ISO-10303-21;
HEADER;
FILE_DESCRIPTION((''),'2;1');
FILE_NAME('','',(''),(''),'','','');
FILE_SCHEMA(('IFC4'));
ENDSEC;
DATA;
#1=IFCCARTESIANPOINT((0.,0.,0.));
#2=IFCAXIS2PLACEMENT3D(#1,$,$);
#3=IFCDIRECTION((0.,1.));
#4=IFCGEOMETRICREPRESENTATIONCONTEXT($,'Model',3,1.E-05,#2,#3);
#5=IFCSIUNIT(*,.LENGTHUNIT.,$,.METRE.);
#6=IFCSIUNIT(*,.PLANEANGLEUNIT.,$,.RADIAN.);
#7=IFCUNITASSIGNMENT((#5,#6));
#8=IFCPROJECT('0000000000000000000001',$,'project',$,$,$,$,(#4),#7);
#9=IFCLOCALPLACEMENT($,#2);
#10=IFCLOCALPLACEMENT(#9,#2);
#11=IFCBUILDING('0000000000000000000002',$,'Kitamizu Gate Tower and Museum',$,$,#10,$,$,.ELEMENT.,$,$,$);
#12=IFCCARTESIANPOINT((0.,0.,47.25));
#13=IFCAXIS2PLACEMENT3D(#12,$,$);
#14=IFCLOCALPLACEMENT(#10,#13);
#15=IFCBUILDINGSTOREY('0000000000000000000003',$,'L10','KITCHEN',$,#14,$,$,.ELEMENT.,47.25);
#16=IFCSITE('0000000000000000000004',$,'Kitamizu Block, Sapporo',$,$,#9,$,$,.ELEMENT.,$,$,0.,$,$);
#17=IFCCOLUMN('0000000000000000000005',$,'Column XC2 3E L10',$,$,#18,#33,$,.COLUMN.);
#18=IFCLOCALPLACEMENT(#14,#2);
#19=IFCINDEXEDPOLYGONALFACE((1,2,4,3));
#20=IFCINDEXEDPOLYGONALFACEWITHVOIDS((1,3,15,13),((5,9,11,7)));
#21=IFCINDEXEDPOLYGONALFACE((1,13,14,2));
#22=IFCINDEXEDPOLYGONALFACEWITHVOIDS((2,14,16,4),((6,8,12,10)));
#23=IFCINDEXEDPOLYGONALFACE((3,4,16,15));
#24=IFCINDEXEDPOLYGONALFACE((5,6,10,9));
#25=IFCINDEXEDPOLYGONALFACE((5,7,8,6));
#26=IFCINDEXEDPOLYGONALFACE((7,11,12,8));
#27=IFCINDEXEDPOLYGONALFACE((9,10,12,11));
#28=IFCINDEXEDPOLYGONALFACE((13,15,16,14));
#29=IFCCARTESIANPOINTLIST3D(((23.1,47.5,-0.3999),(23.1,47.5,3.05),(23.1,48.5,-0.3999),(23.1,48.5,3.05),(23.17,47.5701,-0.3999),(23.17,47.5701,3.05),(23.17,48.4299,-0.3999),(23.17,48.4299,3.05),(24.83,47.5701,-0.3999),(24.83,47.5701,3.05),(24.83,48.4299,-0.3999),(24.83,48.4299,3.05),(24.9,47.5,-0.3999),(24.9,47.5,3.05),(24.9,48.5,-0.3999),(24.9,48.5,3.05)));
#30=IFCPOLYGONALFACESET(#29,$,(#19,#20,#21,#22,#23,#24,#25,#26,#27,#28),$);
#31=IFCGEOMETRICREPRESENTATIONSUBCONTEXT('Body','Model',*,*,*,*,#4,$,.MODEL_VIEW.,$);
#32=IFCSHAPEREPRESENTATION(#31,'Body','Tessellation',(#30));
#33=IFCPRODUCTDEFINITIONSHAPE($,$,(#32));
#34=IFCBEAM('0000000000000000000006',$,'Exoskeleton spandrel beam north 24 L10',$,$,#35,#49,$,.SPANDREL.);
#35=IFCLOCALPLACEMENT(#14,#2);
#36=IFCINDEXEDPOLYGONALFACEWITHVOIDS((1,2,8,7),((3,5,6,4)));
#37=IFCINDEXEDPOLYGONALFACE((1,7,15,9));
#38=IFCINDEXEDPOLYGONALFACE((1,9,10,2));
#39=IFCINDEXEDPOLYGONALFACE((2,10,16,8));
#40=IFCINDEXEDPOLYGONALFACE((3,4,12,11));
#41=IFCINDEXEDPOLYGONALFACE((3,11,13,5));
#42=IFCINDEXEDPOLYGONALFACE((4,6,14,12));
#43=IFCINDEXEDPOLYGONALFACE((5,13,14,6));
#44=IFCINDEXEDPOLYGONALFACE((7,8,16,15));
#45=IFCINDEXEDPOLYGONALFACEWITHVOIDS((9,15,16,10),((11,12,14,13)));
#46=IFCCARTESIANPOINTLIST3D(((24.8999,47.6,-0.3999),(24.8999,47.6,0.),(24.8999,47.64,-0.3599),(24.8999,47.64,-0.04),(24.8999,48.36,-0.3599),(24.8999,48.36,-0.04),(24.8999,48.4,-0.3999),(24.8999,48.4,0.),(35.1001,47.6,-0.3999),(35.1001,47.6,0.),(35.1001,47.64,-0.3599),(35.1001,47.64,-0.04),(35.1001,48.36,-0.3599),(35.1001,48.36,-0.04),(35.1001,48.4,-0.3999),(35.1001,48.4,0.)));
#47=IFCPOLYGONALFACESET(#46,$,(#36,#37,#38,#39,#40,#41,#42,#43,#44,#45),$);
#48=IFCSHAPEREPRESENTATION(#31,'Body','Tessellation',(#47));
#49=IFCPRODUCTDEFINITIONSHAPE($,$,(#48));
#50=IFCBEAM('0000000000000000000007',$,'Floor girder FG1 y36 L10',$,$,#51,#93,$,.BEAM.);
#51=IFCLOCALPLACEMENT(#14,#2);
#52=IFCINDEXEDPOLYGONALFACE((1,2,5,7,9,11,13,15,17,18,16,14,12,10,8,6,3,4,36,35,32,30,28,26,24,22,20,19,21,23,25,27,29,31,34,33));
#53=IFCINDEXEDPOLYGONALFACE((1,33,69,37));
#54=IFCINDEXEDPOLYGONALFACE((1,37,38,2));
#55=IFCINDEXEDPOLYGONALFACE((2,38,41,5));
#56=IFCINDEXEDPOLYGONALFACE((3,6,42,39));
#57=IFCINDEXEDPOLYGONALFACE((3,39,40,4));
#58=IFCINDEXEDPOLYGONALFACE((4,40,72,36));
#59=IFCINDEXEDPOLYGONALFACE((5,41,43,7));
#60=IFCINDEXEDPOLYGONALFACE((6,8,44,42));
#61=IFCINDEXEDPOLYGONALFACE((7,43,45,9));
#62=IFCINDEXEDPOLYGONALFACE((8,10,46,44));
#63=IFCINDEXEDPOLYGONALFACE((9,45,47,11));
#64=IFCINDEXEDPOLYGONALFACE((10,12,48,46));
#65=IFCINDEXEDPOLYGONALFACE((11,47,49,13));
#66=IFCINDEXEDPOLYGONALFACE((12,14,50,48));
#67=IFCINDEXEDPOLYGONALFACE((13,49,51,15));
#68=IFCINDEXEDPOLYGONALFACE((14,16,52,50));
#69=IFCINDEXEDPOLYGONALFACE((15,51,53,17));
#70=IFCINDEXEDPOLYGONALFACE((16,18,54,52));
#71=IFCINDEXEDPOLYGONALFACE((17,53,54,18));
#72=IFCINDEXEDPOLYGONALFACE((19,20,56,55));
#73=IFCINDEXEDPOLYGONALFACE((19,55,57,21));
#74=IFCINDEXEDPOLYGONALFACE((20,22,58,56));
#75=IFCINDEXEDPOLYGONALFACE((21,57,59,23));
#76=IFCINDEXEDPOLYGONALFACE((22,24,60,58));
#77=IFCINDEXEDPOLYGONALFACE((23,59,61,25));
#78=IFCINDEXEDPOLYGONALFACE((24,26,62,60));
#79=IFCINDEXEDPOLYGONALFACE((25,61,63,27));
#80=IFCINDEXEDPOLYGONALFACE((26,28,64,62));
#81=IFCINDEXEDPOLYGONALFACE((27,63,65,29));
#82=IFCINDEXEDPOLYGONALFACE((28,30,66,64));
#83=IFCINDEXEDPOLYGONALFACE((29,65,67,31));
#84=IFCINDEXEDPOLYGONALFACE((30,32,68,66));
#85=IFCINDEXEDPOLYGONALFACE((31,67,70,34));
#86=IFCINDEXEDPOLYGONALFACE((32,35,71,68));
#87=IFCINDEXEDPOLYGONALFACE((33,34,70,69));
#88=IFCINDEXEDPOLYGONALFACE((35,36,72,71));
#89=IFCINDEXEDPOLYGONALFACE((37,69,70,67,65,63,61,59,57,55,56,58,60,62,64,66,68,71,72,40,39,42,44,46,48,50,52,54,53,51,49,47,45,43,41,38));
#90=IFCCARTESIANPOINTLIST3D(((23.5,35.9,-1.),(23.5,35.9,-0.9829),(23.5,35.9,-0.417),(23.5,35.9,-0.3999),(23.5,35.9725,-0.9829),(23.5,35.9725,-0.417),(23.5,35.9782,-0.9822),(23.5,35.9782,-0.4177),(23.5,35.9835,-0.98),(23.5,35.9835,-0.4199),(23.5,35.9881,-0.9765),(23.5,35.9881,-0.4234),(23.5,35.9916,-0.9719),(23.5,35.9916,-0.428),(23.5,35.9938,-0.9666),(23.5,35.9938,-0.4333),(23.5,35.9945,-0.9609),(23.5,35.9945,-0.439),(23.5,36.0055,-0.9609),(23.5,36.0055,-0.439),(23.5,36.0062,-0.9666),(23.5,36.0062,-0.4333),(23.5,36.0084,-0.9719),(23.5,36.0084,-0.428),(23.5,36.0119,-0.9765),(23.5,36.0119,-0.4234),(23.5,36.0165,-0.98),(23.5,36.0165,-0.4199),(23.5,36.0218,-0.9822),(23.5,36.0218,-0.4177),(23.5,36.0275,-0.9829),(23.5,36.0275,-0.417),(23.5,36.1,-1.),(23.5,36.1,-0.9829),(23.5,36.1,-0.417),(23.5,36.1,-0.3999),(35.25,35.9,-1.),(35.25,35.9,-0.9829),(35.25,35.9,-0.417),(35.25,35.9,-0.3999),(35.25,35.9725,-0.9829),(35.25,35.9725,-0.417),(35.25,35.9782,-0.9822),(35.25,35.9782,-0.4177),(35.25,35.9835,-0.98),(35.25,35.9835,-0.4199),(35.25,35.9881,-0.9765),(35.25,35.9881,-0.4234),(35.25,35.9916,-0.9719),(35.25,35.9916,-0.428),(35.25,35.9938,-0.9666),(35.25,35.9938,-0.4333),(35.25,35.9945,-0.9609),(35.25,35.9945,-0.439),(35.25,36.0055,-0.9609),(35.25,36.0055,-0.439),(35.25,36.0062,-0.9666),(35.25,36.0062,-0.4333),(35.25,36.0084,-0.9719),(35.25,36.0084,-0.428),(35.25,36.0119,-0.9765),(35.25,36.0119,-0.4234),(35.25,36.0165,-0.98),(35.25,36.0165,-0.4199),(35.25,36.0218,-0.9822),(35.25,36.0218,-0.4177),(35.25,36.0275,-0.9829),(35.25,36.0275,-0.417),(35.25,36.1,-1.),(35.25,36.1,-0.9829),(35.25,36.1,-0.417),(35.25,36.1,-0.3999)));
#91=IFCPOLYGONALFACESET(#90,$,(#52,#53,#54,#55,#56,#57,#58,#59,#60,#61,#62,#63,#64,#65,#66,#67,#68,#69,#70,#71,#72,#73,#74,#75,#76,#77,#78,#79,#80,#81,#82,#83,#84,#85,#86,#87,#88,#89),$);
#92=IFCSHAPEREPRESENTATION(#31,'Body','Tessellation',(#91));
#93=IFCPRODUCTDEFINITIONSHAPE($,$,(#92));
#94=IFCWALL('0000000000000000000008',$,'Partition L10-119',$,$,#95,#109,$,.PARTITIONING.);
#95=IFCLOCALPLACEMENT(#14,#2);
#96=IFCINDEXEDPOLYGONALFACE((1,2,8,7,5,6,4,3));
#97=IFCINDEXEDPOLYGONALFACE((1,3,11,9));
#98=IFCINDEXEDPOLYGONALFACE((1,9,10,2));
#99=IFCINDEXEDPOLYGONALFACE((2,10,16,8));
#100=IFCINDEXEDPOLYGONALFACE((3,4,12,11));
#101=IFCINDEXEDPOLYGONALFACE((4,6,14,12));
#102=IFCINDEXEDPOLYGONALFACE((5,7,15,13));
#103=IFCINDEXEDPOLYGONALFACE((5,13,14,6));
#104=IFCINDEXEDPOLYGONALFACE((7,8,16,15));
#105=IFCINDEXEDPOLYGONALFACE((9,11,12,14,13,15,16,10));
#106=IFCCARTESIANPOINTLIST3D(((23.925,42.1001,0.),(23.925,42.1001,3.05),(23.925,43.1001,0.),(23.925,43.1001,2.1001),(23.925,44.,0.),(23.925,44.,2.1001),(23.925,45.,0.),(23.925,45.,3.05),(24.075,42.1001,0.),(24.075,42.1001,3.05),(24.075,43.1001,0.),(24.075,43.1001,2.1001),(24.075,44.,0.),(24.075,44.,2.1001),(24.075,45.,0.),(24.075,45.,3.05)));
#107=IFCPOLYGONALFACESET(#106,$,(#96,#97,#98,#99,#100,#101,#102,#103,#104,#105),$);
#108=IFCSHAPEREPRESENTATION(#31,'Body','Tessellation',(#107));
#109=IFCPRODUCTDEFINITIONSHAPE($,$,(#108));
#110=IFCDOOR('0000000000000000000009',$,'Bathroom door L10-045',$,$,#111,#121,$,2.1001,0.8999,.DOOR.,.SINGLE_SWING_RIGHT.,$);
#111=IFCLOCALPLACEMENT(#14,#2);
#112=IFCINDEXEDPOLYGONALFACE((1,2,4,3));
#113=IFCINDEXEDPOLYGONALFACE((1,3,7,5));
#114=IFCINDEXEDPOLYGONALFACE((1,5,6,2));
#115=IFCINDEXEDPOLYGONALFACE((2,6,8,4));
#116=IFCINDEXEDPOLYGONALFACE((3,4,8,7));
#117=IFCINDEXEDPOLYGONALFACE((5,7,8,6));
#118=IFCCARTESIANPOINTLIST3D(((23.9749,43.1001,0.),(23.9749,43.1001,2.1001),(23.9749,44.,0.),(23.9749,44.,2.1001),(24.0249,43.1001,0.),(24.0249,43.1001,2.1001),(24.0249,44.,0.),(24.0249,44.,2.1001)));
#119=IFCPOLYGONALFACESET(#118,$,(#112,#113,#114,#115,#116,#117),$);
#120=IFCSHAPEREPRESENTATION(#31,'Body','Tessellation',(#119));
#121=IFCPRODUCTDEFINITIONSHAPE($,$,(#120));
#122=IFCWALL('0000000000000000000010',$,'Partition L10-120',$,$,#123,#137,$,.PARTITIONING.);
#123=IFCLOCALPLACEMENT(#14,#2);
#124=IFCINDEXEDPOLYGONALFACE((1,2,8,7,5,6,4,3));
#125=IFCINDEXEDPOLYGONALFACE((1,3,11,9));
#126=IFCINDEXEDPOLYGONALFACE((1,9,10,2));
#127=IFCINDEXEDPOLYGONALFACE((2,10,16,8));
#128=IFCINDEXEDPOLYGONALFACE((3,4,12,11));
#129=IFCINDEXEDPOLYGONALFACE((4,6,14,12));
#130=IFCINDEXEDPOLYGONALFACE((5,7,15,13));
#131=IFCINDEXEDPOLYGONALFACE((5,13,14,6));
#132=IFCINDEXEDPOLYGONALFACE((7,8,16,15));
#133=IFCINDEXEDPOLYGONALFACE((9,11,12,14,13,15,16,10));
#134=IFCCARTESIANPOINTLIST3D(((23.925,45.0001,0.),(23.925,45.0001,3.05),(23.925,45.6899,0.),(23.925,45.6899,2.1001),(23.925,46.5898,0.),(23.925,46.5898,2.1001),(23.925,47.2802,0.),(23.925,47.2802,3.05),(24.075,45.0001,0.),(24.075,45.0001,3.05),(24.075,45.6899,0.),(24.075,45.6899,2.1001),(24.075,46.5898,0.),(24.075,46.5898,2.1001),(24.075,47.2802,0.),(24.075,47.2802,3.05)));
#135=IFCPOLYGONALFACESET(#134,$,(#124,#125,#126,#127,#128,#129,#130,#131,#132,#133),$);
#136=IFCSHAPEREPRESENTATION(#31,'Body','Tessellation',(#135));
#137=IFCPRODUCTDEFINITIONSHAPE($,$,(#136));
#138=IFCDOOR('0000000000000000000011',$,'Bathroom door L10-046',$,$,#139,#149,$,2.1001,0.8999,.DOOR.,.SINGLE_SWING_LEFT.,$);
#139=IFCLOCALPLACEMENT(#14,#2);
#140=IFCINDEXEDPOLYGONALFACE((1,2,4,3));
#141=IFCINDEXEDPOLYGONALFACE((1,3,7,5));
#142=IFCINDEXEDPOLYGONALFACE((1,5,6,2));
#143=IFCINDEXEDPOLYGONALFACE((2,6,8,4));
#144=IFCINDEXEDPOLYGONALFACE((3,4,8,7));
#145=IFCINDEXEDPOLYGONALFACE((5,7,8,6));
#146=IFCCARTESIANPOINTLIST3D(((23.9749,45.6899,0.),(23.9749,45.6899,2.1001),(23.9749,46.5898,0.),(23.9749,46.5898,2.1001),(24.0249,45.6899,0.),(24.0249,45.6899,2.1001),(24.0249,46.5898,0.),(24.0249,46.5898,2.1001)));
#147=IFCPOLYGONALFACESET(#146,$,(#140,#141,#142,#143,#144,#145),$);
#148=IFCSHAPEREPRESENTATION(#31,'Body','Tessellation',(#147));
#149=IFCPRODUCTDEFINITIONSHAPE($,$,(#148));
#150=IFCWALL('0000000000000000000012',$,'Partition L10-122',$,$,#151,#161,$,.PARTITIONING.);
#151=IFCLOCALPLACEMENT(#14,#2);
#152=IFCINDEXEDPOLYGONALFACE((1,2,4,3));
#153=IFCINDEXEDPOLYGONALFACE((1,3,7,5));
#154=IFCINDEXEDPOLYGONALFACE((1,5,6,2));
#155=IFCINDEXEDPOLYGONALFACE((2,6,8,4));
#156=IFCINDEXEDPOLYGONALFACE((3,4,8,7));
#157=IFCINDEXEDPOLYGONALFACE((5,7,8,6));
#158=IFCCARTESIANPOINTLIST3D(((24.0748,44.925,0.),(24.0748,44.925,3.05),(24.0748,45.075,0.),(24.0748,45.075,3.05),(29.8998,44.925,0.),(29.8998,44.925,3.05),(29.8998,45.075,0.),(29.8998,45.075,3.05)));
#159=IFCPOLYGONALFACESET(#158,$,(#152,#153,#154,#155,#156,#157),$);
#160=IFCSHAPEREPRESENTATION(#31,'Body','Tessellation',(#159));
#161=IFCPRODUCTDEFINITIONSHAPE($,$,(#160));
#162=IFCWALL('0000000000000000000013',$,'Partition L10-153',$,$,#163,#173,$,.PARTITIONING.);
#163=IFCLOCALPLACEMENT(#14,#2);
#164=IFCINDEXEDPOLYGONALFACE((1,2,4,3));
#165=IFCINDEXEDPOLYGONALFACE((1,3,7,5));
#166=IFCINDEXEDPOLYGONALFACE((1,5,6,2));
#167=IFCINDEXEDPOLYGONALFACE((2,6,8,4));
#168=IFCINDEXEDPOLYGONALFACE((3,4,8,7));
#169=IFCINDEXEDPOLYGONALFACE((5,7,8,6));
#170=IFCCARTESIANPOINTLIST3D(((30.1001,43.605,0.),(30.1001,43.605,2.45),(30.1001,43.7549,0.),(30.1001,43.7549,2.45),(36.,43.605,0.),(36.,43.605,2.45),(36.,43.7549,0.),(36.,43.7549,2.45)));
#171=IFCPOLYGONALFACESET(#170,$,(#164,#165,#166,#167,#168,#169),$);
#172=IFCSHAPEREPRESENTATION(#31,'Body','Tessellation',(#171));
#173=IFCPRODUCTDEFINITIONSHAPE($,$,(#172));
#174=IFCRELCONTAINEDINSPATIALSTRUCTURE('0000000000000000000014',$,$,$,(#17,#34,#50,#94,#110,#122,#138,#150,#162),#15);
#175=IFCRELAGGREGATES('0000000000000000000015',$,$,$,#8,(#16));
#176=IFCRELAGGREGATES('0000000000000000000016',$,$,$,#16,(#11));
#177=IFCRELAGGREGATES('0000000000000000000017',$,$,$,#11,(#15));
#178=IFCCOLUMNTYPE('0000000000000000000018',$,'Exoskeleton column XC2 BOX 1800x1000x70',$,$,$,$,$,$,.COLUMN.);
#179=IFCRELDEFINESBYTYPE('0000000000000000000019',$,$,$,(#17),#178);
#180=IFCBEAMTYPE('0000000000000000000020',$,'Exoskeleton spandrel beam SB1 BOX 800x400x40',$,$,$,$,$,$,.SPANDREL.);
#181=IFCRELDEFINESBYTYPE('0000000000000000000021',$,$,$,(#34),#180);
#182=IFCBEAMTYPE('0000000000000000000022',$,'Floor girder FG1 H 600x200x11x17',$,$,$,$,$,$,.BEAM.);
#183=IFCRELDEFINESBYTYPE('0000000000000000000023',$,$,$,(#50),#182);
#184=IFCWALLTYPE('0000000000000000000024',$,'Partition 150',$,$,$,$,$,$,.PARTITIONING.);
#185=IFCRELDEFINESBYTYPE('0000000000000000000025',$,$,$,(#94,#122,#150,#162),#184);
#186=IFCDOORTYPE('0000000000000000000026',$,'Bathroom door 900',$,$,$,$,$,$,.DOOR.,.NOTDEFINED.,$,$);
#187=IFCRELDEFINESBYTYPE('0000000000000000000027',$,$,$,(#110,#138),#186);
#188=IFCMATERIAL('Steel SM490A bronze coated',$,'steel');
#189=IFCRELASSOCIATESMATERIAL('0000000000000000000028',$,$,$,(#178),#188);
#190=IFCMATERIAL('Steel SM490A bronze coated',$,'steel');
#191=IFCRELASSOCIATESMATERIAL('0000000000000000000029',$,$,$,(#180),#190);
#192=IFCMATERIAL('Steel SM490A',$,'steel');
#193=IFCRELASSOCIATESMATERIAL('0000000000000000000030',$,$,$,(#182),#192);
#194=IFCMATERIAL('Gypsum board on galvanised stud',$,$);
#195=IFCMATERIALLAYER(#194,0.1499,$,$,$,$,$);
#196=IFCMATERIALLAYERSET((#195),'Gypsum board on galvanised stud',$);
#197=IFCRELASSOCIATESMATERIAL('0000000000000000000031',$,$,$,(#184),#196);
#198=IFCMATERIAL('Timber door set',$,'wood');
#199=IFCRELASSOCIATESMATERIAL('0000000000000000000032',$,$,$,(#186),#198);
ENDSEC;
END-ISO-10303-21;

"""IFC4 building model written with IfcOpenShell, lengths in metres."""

from ifc_helpers import new_model, si_unit, direction, frame, frame_2d, origin, origin_2d, place, context, subcontext, project, spatial, rectangle, hollow_rectangle, i_section, extrude, material, layer, layer_set, material_profile, profile_set, type_object, element, fill, save


model = new_model("IFC4")

# Units and contexts
model_context = context("Model", 3, precision=1e-05, world=origin(), true_north=direction((0.0, 1.0)))
body_context = subcontext(model_context, "Body", "Model", "MODEL_VIEW")
ifc_project = project(units=[si_unit("LENGTHUNIT", "METRE"), si_unit("PLANEANGLEUNIT", "RADIAN")], contexts=[model_context])

# Site, building, storey
site_placement = place(None, origin())
site = spatial("IfcSite", under=ifc_project, at=site_placement, Name="Kitamizu Block, Sapporo", CompositionType="ELEMENT", RefElevation=0.0)
building_placement = place(site_placement, origin())
building = spatial("IfcBuilding", under=site, at=building_placement, Name="Kitamizu Gate Tower and Museum", CompositionType="ELEMENT")
storey_placement = place(building_placement, frame((0.0, 0.0, 47.25)))
storey = spatial("IfcBuildingStorey", under=building, at=storey_placement, Name="L10", Description="KITCHEN", CompositionType="ELEMENT", Elevation=47.25)

# Column
ifc_material_1 = material(Name="Steel SM490A bronze coated", Category="steel")
ifc_material_profile_1 = material_profile(ifc_material_1, hollow_rectangle(XDim=1.8, YDim=1.0, WallThickness=0.0701, at=origin_2d()), Name="BOX 1800x1000x70")
ifc_profile_set_1 = profile_set([ifc_material_profile_1], Name="Steel SM490A bronze coated")
column_type = type_object("IfcColumnType", Name="Exoskeleton column XC2 BOX 1800x1000x70", PredefinedType="COLUMN", material=ifc_profile_set_1)
column_placement = place(storey_placement, frame((24.0, 48.0, -0.3999), z_axis=(0.0, 0.0, 1.0), x_axis=(1.0, 0.0, 0.0)))
element("IfcColumn", 1, at=column_placement, inside=storey, type_object=column_type, Name="Column XC2 3E L10", PredefinedType="COLUMN", context=body_context, shape_type="SweptSolid", body=[
    extrude(hollow_rectangle(XDim=1.8, YDim=1.0, WallThickness=0.0701, at=origin_2d()), origin(), (0.0, 0.0, 1.0), 3.45),
])

# Beams
ifc_material_2 = material(Name="Steel SM490A bronze coated", Category="steel")
ifc_material_profile_2 = material_profile(ifc_material_2, hollow_rectangle(XDim=0.8, YDim=0.3999, WallThickness=0.04, at=origin_2d()), Name="BOX 800x400x40")
ifc_profile_set_2 = profile_set([ifc_material_profile_2], Name="Steel SM490A bronze coated")
beam_type_1 = type_object("IfcBeamType", Name="Exoskeleton spandrel beam SB1 BOX 800x400x40", PredefinedType="SPANDREL", material=ifc_profile_set_2)
beam_1_placement = place(storey_placement, frame((24.8999, 48.0, -0.2), z_axis=(1.0, 0.0, 0.0), x_axis=(0.0, 1.0, 0.0)))
element("IfcBeam", 2, at=beam_1_placement, inside=storey, type_object=beam_type_1, Name="Exoskeleton spandrel beam north 24 L10", PredefinedType="SPANDREL", context=body_context, shape_type="SweptSolid", body=[
    extrude(hollow_rectangle(XDim=0.8, YDim=0.3999, WallThickness=0.04, at=origin_2d()), origin(), (0.0, 0.0, 1.0), 10.2002),
])
ifc_material_3 = material(Name="Steel SM490A", Category="steel")
ifc_material_profile_3 = material_profile(ifc_material_3, i_section(OverallWidth=0.2, OverallDepth=0.6001, WebThickness=0.011, FlangeThickness=0.0171, FilletRadius=0.022, at=origin_2d()), Name="H-600x200x11x17")
ifc_profile_set_3 = profile_set([ifc_material_profile_3], Name="Steel SM490A")
beam_type_2 = type_object("IfcBeamType", Name="Floor girder FG1 H 600x200x11x17", PredefinedType="BEAM", material=ifc_profile_set_3)
beam_2_placement = place(storey_placement, frame((23.5, 36.0, -0.7), z_axis=(1.0, 0.0, 0.0), x_axis=(0.0, 1.0, 0.0)))
element("IfcBeam", 3, at=beam_2_placement, inside=storey, type_object=beam_type_2, Name="Floor girder FG1 y36 L10", PredefinedType="BEAM", context=body_context, shape_type="SweptSolid", body=[
    extrude(i_section(OverallWidth=0.2, OverallDepth=0.6001, WebThickness=0.011, FlangeThickness=0.0171, FilletRadius=0.022, at=origin_2d()), origin(), (0.0, 0.0, 1.0), 11.75),
])

# Walls, openings, doors
ifc_material_4 = material(Name="Gypsum board on galvanised stud")
ifc_layer_1 = layer(ifc_material_4, 0.1499)
ifc_layer_set_1 = layer_set([ifc_layer_1], Name="Gypsum board on galvanised stud")
wall_type_1 = type_object("IfcWallType", Name="Partition 150", PredefinedType="PARTITIONING", material=ifc_layer_set_1)
wall_1_placement = place(storey_placement, frame((24.0, 42.1001, 0.0), z_axis=(0.0, 0.0, 1.0), x_axis=(0.0, 1.0, 0.0)))
wall_1 = element("IfcWall", 4, at=wall_1_placement, inside=storey, type_object=wall_type_1, Name="Partition L10-119", PredefinedType="PARTITIONING", context=body_context, shape_type="SweptSolid", body=[
    extrude(rectangle(XDim=2.8999, YDim=0.1499, at=frame_2d((1.45, 0.0))), origin(), (0.0, 0.0, 1.0), 3.05),
])
opening_1_placement = place(wall_1_placement, frame((1.0, 0.0, 0.0)))
opening_1 = element("IfcOpeningElement", 5, at=opening_1_placement, cuts=wall_1, PredefinedType="OPENING", context=body_context, shape_type="SweptSolid", body=[
    extrude(rectangle(XDim=0.8999, YDim=2.1001, at=frame_2d((0.45, 1.05))), frame((0.0, 0.085, 0.0), z_axis=(0.0, -1.0, 0.0), x_axis=(1.0, 0.0, 0.0)), (0.0, 0.0, 1.0), 0.1699),
])
ifc_material_5 = material(Name="Timber door set", Category="wood")
door_type_1 = type_object("IfcDoorType", Name="Bathroom door 900", OperationType="NOTDEFINED", PredefinedType="DOOR", material=ifc_material_5)
door_1_placement = place(opening_1_placement, frame((0.8999, 0.0, 0.0), x_axis=(-1.0, 0.0, 0.0)))
door_1 = element("IfcDoor", 6, at=door_1_placement, inside=storey, type_object=door_type_1, Name="Bathroom door L10-045", OperationType="SINGLE_SWING_RIGHT", OverallHeight=2.1001, OverallWidth=0.8999, PredefinedType="DOOR", context=body_context, shape_type="SweptSolid", body=[
    extrude(rectangle(XDim=0.8999, YDim=2.1001, at=frame_2d((0.45, 1.05))), frame((0.0, 0.0249, 0.0), z_axis=(0.0, -1.0, 0.0), x_axis=(1.0, 0.0, 0.0)), (0.0, 0.0, 1.0), 0.05),
])
fill(opening_1, door_1)
wall_2_placement = place(storey_placement, frame((24.0, 45.0, 0.0), z_axis=(0.0, 0.0, 1.0), x_axis=(0.0, 1.0, 0.0)))
wall_2 = element("IfcWall", 7, at=wall_2_placement, inside=storey, type_object=wall_type_1, Name="Partition L10-120", PredefinedType="PARTITIONING", context=body_context, shape_type="SweptSolid", body=[
    extrude(rectangle(XDim=2.28, YDim=0.1499, at=frame_2d((1.1401, 0.0))), origin(), (0.0, 0.0, 1.0), 3.05),
])
opening_2_placement = place(wall_2_placement, frame((0.6899, 0.0, 0.0)))
opening_2 = element("IfcOpeningElement", 8, at=opening_2_placement, cuts=wall_2, PredefinedType="OPENING", context=body_context, shape_type="SweptSolid", body=[
    extrude(rectangle(XDim=0.8999, YDim=2.1001, at=frame_2d((0.45, 1.05))), frame((0.0, 0.085, 0.0), z_axis=(0.0, -1.0, 0.0), x_axis=(1.0, 0.0, 0.0)), (0.0, 0.0, 1.0), 0.1699),
])
door_2_placement = place(opening_2_placement, frame((0.8999, 0.0, 0.0), x_axis=(-1.0, 0.0, 0.0)))
door_2 = element("IfcDoor", 9, at=door_2_placement, inside=storey, type_object=door_type_1, Name="Bathroom door L10-046", OperationType="SINGLE_SWING_LEFT", OverallHeight=2.1001, OverallWidth=0.8999, PredefinedType="DOOR", context=body_context, shape_type="SweptSolid", body=[
    extrude(rectangle(XDim=0.8999, YDim=2.1001, at=frame_2d((0.45, 1.05))), frame((0.0, 0.0249, 0.0), z_axis=(0.0, -1.0, 0.0), x_axis=(1.0, 0.0, 0.0)), (0.0, 0.0, 1.0), 0.05),
])
fill(opening_2, door_2)

# Walls
wall_3_placement = place(storey_placement, frame((29.8999, 45.0, 0.0), z_axis=(0.0, 0.0, 1.0), x_axis=(-1.0, 0.0, 0.0)))
element("IfcWall", 10, at=wall_3_placement, inside=storey, type_object=wall_type_1, Name="Partition L10-122", PredefinedType="PARTITIONING", context=body_context, shape_type="SweptSolid", body=[
    extrude(rectangle(XDim=5.825, YDim=0.1499, at=frame_2d((2.9126, 0.0))), origin(), (0.0, 0.0, 1.0), 3.05),
])
wall_4_placement = place(storey_placement, frame((30.1001, 43.6799, 0.0), z_axis=(0.0, 0.0, 1.0), x_axis=(1.0, 0.0, 0.0)))
element("IfcWall", 11, at=wall_4_placement, inside=storey, type_object=wall_type_1, Name="Partition L10-153", PredefinedType="PARTITIONING", context=body_context, shape_type="SweptSolid", body=[
    extrude(rectangle(XDim=5.8999, YDim=0.1499, at=frame_2d((2.95, 0.0))), origin(), (0.0, 0.0, 1.0), 2.45),
])

save(model, "model.ifc")
